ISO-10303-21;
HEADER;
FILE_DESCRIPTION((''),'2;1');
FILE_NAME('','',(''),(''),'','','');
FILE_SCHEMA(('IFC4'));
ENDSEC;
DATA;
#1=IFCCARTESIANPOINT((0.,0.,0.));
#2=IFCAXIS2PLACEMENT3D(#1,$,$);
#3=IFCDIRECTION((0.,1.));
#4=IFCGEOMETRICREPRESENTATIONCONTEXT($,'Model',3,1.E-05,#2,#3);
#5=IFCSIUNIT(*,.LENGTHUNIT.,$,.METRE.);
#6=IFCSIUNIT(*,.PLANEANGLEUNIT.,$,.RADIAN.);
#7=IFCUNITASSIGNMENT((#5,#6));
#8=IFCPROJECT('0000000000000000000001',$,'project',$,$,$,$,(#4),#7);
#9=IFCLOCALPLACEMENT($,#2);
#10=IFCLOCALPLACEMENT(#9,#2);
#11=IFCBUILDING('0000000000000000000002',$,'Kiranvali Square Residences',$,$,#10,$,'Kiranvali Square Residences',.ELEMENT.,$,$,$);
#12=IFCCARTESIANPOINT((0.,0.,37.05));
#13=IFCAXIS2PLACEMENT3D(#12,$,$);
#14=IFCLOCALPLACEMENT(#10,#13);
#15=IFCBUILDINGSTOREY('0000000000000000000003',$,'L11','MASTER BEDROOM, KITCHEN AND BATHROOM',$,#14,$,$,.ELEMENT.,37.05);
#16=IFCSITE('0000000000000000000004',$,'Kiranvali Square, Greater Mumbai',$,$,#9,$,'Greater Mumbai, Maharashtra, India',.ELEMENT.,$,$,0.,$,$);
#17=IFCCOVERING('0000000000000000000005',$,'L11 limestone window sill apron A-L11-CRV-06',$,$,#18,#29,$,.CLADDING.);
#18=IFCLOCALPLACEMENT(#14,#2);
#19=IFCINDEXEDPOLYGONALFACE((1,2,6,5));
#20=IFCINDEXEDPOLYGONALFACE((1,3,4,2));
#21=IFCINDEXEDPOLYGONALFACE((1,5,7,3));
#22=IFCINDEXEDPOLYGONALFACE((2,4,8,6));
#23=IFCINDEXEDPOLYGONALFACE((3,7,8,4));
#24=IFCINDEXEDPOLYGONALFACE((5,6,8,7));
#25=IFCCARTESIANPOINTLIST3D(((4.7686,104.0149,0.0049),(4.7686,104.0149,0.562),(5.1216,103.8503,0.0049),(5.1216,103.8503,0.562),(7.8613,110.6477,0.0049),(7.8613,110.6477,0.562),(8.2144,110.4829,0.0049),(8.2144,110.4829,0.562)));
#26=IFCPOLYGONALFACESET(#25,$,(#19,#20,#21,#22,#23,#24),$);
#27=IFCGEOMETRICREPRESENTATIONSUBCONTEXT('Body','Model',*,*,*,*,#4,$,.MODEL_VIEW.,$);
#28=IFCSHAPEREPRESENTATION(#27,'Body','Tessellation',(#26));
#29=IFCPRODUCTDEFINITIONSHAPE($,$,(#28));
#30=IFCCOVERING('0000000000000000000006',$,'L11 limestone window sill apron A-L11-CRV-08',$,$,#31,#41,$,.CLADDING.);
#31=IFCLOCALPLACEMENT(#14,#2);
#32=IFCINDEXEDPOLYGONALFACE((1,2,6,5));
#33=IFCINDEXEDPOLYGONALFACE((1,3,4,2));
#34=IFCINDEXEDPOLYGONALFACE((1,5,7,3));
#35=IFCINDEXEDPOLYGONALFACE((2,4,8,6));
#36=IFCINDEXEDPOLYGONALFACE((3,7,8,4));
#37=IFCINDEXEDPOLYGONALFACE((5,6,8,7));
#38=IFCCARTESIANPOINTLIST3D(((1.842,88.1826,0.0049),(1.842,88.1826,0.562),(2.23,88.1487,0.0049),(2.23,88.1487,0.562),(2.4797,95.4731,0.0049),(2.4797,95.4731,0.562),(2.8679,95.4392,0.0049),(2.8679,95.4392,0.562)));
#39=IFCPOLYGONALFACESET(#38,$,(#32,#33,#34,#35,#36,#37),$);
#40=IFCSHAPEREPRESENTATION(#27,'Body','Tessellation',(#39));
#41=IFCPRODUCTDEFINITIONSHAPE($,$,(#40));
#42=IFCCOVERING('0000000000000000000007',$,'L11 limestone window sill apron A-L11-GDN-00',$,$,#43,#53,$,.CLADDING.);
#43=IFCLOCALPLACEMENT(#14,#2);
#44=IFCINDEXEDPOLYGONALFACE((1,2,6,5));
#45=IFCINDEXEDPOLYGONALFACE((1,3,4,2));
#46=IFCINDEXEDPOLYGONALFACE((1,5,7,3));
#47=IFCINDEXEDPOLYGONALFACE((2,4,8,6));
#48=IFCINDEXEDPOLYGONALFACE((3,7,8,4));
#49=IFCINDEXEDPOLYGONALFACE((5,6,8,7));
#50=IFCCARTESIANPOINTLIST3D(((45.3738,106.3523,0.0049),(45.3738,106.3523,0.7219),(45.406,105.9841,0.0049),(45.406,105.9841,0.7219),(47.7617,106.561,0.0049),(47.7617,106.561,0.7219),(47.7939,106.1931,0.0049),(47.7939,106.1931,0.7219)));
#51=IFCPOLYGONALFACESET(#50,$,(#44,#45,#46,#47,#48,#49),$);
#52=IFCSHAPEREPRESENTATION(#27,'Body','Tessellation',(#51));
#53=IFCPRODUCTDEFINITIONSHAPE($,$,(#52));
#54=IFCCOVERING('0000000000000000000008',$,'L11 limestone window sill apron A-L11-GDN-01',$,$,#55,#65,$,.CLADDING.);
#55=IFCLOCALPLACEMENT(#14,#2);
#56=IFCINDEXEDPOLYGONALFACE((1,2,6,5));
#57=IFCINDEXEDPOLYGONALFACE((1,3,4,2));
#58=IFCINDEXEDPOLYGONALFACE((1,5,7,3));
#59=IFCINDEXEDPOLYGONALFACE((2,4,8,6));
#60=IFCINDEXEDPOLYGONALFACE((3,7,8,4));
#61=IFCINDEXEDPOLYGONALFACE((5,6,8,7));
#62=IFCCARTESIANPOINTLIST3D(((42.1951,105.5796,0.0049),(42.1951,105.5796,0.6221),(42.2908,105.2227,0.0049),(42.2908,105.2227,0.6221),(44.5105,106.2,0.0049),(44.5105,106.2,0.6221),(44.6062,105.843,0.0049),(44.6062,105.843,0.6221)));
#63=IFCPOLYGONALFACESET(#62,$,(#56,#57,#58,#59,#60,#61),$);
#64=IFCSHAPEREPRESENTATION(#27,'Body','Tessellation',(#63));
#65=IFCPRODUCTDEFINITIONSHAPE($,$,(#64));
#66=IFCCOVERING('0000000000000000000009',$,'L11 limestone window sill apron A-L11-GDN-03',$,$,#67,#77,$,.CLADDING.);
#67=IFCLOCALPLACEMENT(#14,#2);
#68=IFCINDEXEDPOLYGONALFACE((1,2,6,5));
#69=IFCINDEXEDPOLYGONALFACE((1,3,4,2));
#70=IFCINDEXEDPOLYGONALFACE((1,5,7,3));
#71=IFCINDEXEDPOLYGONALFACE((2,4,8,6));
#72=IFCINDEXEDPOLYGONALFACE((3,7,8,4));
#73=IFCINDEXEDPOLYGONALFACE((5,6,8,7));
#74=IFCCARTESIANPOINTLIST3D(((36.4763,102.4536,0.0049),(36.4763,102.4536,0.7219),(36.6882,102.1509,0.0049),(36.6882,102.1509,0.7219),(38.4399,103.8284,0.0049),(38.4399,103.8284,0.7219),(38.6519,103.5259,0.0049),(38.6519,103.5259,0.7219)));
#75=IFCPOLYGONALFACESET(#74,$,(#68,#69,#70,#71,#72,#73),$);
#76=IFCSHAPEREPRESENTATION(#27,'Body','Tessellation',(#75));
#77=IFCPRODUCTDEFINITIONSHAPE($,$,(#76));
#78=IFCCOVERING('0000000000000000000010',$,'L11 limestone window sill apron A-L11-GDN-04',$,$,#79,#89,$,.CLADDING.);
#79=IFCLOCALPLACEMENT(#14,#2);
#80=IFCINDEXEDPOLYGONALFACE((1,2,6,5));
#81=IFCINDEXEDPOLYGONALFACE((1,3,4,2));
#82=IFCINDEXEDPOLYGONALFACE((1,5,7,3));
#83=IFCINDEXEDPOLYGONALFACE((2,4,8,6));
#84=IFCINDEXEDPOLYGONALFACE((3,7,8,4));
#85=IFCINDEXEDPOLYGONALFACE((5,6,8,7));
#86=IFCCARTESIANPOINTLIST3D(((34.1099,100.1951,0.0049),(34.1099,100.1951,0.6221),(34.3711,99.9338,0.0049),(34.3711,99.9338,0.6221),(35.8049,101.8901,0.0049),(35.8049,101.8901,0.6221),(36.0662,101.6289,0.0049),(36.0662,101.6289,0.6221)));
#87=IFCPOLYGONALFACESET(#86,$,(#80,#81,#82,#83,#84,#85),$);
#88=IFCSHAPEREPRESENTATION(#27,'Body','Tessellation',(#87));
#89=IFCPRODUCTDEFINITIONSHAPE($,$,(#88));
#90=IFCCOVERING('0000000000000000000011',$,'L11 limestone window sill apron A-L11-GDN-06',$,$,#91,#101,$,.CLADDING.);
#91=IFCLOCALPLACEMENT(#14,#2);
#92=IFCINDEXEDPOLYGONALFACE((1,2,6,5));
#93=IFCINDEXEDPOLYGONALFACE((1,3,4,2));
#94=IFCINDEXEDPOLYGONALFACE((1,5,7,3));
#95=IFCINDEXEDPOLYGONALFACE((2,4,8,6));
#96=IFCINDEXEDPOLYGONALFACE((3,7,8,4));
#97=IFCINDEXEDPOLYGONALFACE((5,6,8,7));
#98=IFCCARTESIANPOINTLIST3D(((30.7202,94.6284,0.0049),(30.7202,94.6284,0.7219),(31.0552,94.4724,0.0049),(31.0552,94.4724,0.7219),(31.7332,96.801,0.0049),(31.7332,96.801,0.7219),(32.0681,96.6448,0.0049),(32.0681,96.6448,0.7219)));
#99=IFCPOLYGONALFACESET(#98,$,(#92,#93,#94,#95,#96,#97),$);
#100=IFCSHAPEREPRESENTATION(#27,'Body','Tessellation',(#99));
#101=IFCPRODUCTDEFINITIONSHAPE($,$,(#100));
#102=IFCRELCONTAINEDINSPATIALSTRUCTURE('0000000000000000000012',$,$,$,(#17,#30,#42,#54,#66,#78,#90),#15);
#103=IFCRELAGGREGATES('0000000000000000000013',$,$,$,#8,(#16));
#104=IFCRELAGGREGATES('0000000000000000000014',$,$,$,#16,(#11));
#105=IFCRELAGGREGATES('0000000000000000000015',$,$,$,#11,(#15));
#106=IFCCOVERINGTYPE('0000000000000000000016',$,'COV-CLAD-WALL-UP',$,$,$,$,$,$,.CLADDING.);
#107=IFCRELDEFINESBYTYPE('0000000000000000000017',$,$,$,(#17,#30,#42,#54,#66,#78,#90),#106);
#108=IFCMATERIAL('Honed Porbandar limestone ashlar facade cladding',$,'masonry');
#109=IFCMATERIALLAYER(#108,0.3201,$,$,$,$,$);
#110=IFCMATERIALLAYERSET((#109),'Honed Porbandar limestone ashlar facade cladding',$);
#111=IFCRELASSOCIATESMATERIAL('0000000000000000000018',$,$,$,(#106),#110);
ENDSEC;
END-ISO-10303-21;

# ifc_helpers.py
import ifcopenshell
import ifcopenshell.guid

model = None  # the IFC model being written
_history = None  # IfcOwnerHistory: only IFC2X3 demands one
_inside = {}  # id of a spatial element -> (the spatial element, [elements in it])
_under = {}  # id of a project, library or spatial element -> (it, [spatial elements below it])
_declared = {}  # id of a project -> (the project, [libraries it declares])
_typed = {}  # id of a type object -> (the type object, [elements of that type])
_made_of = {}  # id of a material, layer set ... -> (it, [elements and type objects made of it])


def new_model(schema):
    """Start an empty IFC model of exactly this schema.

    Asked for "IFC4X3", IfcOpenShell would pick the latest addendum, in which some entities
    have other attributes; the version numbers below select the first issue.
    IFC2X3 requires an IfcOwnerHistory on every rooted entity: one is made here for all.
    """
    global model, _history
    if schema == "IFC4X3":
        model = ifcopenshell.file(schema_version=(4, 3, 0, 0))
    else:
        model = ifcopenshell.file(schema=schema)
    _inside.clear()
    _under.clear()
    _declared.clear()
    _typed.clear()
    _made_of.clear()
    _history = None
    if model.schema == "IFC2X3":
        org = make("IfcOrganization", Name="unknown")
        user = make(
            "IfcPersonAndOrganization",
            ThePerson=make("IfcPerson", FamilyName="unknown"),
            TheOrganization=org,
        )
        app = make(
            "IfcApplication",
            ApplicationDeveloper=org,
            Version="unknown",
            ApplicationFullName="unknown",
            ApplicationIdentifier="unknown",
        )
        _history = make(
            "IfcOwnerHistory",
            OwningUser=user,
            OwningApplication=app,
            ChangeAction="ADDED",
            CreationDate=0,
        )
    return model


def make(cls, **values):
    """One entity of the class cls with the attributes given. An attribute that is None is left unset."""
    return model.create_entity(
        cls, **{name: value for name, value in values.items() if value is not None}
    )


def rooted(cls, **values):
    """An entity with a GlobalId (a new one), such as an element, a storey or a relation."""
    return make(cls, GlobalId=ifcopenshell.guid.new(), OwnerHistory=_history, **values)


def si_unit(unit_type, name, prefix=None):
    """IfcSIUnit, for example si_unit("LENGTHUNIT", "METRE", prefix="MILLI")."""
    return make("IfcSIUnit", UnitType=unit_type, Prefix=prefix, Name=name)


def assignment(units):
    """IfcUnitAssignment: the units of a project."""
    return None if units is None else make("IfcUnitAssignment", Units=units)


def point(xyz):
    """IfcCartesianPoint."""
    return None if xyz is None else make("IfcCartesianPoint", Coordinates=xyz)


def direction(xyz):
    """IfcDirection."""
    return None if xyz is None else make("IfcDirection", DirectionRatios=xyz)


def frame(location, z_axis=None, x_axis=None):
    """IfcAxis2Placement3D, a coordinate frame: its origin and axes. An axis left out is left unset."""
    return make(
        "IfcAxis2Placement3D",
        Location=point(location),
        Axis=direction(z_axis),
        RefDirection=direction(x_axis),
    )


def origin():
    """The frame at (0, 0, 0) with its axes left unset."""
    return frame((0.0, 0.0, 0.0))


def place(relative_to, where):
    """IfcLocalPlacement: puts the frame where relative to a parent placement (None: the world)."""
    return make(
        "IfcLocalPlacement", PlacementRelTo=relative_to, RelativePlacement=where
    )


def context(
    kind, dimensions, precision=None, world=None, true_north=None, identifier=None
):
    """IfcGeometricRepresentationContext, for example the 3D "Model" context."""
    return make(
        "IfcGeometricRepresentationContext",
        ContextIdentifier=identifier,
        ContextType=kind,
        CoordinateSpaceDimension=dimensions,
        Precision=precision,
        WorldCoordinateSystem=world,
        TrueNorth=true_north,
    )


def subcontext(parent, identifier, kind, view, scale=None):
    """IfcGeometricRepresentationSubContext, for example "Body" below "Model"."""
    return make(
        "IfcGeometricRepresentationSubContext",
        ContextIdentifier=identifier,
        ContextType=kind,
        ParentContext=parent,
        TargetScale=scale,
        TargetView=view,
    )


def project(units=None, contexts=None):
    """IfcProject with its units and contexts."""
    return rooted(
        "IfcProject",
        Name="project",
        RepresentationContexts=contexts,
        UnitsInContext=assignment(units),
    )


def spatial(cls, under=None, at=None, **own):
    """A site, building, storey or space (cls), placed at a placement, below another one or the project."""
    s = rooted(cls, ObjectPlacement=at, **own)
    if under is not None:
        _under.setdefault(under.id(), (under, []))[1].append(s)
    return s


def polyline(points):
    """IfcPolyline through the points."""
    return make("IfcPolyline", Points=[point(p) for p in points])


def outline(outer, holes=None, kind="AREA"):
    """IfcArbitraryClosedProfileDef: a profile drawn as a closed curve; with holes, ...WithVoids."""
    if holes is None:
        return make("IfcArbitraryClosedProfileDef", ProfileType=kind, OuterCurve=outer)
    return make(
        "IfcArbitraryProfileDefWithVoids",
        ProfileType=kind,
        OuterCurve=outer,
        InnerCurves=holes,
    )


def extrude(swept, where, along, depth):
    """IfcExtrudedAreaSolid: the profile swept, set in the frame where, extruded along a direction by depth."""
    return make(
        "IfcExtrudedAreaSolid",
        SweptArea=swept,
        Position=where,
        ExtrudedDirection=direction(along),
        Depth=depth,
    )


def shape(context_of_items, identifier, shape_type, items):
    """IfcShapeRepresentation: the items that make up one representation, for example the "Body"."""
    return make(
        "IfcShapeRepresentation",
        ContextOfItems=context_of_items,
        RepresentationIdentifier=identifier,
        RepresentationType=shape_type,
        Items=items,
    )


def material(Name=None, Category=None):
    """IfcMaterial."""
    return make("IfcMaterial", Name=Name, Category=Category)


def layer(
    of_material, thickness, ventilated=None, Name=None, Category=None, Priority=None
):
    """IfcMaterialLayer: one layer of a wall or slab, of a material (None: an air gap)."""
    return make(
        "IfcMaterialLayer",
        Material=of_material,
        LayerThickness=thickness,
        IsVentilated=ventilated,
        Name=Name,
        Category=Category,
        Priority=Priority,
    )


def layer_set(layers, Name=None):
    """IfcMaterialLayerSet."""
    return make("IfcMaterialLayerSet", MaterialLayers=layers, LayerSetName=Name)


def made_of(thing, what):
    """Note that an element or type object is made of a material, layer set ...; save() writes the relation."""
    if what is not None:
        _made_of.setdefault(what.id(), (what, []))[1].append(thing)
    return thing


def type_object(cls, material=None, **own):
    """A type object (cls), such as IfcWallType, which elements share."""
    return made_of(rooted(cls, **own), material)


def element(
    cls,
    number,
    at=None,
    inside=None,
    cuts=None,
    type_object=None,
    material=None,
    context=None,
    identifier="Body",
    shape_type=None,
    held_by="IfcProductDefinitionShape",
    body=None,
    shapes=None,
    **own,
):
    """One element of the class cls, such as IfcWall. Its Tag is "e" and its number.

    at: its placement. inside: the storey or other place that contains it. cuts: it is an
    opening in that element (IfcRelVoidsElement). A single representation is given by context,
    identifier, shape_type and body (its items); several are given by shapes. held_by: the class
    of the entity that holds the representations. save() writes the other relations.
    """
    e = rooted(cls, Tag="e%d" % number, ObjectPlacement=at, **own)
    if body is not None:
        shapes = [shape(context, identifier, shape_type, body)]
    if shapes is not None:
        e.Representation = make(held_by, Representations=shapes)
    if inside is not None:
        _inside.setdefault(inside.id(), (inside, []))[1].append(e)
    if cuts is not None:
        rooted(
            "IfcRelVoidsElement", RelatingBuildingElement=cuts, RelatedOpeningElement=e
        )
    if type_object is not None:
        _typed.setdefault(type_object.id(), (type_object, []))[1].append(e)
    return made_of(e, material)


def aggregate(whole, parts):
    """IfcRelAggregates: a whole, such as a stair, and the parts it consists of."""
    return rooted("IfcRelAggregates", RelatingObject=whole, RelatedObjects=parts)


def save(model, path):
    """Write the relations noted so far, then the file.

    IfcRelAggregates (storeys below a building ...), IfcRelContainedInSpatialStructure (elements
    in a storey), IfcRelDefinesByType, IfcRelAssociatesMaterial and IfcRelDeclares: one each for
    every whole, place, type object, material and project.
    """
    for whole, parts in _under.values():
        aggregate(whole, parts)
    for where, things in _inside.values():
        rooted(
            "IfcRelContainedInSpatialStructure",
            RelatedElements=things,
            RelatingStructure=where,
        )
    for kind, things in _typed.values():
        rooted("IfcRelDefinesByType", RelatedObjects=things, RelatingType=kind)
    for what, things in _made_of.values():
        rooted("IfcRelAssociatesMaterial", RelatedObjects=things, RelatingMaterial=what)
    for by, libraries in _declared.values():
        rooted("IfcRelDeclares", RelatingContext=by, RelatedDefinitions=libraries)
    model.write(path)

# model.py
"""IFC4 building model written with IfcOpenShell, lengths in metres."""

from ifc_helpers import new_model, si_unit, direction, frame, origin, place, context, subcontext, project, spatial, polyline, outline, extrude, material, layer, layer_set, type_object, element, save


model = new_model("IFC4")

# Units and contexts
model_context = context("Model", 3, precision=1e-05, world=origin(), true_north=direction((0.0, 1.0)))
body_context = subcontext(model_context, "Body", "Model", "MODEL_VIEW")
ifc_project = project(units=[si_unit("LENGTHUNIT", "METRE"), si_unit("PLANEANGLEUNIT", "RADIAN")], contexts=[model_context])

# Site, building, storey
site_placement = place(None, origin())
site = spatial("IfcSite", under=ifc_project, at=site_placement, Name="Kiranvali Square, Greater Mumbai", LongName="Greater Mumbai, Maharashtra, India", CompositionType="ELEMENT", RefElevation=0.0)
building_placement = place(site_placement, origin())
building = spatial("IfcBuilding", under=site, at=building_placement, Name="Kiranvali Square Residences", LongName="Kiranvali Square Residences", CompositionType="ELEMENT")
storey_placement = place(building_placement, frame((0.0, 0.0, 37.05)))
storey = spatial("IfcBuildingStorey", under=building, at=storey_placement, Name="L11", Description="MASTER BEDROOM, KITCHEN AND BATHROOM", CompositionType="ELEMENT", Elevation=37.05)

# Coverings
ifc_material = material(Name="Honed Porbandar limestone ashlar facade cladding", Category="masonry")
ifc_layer_1 = layer(ifc_material, 0.3201)
ifc_layer_set_1 = layer_set([ifc_layer_1], Name="Honed Porbandar limestone ashlar facade cladding")
covering_type_1 = type_object("IfcCoveringType", Name="COV-CLAD-WALL-UP", PredefinedType="CLADDING", material=ifc_layer_set_1)
covering_1_placement = place(storey_placement, frame((0.0, 0.0, 0.0049)))
element("IfcCovering", 1, at=covering_1_placement, inside=storey, type_object=covering_type_1, Name="L11 limestone window sill apron A-L11-CRV-06", PredefinedType="CLADDING", context=body_context, shape_type="SweptSolid", body=[
    extrude(outline(polyline([(7.8613, 110.6477), (4.7686, 104.0149), (5.1216, 103.8503), (8.2144, 110.4829), (7.8613, 110.6477)])), origin(), (0.0, 0.0, 1.0), 0.5571),
])
covering_2_placement = place(storey_placement, frame((0.0, 0.0, 0.0049)))
element("IfcCovering", 2, at=covering_2_placement, inside=storey, type_object=covering_type_1, Name="L11 limestone window sill apron A-L11-CRV-08", PredefinedType="CLADDING", context=body_context, shape_type="SweptSolid", body=[
    extrude(outline(polyline([(2.4797, 95.4731), (1.842, 88.1826), (2.23, 88.1487), (2.8679, 95.4392), (2.4797, 95.4731)])), origin(), (0.0, 0.0, 1.0), 0.5571),
])
covering_3_placement = place(storey_placement, frame((0.0, 0.0, 0.0049)))
element("IfcCovering", 3, at=covering_3_placement, inside=storey, type_object=covering_type_1, Name="L11 limestone window sill apron A-L11-GDN-00", PredefinedType="CLADDING", context=body_context, shape_type="SweptSolid", body=[
    extrude(outline(polyline([(47.7617, 106.561), (45.3738, 106.3523), (45.406, 105.9841), (47.7939, 106.1931), (47.7617, 106.561)])), origin(), (0.0, 0.0, 1.0), 0.717),
])
covering_4_placement = place(storey_placement, frame((0.0, 0.0, 0.0049)))
element("IfcCovering", 4, at=covering_4_placement, inside=storey, type_object=covering_type_1, Name="L11 limestone window sill apron A-L11-GDN-01", PredefinedType="CLADDING", context=body_context, shape_type="SweptSolid", body=[
    extrude(outline(polyline([(44.5105, 106.2), (42.1951, 105.5796), (42.2908, 105.2227), (44.6062, 105.843), (44.5105, 106.2)])), origin(), (0.0, 0.0, 1.0), 0.6172),
])
covering_5_placement = place(storey_placement, frame((0.0, 0.0, 0.0049)))
element("IfcCovering", 5, at=covering_5_placement, inside=storey, type_object=covering_type_1, Name="L11 limestone window sill apron A-L11-GDN-03", PredefinedType="CLADDING", context=body_context, shape_type="SweptSolid", body=[
    extrude(outline(polyline([(38.4399, 103.8284), (36.4763, 102.4536), (36.6882, 102.1509), (38.6519, 103.5259), (38.4399, 103.8284)])), origin(), (0.0, 0.0, 1.0), 0.717),
])
covering_6_placement = place(storey_placement, frame((0.0, 0.0, 0.0049)))
element("IfcCovering", 6, at=covering_6_placement, inside=storey, type_object=covering_type_1, Name="L11 limestone window sill apron A-L11-GDN-04", PredefinedType="CLADDING", context=body_context, shape_type="SweptSolid", body=[
    extrude(outline(polyline([(35.8049, 101.8901), (34.1099, 100.1951), (34.3711, 99.9338), (36.0662, 101.6289), (35.8049, 101.8901)])), origin(), (0.0, 0.0, 1.0), 0.6172),
])
covering_7_placement = place(storey_placement, frame((0.0, 0.0, 0.0049)))
element("IfcCovering", 7, at=covering_7_placement, inside=storey, type_object=covering_type_1, Name="L11 limestone window sill apron A-L11-GDN-06", PredefinedType="CLADDING", context=body_context, shape_type="SweptSolid", body=[
    extrude(outline(polyline([(31.7332, 96.801), (30.7202, 94.6284), (31.0552, 94.4724), (32.0681, 96.6448), (31.7332, 96.801)])), origin(), (0.0, 0.0, 1.0), 0.717),
])

save(model, "model.ifc")
